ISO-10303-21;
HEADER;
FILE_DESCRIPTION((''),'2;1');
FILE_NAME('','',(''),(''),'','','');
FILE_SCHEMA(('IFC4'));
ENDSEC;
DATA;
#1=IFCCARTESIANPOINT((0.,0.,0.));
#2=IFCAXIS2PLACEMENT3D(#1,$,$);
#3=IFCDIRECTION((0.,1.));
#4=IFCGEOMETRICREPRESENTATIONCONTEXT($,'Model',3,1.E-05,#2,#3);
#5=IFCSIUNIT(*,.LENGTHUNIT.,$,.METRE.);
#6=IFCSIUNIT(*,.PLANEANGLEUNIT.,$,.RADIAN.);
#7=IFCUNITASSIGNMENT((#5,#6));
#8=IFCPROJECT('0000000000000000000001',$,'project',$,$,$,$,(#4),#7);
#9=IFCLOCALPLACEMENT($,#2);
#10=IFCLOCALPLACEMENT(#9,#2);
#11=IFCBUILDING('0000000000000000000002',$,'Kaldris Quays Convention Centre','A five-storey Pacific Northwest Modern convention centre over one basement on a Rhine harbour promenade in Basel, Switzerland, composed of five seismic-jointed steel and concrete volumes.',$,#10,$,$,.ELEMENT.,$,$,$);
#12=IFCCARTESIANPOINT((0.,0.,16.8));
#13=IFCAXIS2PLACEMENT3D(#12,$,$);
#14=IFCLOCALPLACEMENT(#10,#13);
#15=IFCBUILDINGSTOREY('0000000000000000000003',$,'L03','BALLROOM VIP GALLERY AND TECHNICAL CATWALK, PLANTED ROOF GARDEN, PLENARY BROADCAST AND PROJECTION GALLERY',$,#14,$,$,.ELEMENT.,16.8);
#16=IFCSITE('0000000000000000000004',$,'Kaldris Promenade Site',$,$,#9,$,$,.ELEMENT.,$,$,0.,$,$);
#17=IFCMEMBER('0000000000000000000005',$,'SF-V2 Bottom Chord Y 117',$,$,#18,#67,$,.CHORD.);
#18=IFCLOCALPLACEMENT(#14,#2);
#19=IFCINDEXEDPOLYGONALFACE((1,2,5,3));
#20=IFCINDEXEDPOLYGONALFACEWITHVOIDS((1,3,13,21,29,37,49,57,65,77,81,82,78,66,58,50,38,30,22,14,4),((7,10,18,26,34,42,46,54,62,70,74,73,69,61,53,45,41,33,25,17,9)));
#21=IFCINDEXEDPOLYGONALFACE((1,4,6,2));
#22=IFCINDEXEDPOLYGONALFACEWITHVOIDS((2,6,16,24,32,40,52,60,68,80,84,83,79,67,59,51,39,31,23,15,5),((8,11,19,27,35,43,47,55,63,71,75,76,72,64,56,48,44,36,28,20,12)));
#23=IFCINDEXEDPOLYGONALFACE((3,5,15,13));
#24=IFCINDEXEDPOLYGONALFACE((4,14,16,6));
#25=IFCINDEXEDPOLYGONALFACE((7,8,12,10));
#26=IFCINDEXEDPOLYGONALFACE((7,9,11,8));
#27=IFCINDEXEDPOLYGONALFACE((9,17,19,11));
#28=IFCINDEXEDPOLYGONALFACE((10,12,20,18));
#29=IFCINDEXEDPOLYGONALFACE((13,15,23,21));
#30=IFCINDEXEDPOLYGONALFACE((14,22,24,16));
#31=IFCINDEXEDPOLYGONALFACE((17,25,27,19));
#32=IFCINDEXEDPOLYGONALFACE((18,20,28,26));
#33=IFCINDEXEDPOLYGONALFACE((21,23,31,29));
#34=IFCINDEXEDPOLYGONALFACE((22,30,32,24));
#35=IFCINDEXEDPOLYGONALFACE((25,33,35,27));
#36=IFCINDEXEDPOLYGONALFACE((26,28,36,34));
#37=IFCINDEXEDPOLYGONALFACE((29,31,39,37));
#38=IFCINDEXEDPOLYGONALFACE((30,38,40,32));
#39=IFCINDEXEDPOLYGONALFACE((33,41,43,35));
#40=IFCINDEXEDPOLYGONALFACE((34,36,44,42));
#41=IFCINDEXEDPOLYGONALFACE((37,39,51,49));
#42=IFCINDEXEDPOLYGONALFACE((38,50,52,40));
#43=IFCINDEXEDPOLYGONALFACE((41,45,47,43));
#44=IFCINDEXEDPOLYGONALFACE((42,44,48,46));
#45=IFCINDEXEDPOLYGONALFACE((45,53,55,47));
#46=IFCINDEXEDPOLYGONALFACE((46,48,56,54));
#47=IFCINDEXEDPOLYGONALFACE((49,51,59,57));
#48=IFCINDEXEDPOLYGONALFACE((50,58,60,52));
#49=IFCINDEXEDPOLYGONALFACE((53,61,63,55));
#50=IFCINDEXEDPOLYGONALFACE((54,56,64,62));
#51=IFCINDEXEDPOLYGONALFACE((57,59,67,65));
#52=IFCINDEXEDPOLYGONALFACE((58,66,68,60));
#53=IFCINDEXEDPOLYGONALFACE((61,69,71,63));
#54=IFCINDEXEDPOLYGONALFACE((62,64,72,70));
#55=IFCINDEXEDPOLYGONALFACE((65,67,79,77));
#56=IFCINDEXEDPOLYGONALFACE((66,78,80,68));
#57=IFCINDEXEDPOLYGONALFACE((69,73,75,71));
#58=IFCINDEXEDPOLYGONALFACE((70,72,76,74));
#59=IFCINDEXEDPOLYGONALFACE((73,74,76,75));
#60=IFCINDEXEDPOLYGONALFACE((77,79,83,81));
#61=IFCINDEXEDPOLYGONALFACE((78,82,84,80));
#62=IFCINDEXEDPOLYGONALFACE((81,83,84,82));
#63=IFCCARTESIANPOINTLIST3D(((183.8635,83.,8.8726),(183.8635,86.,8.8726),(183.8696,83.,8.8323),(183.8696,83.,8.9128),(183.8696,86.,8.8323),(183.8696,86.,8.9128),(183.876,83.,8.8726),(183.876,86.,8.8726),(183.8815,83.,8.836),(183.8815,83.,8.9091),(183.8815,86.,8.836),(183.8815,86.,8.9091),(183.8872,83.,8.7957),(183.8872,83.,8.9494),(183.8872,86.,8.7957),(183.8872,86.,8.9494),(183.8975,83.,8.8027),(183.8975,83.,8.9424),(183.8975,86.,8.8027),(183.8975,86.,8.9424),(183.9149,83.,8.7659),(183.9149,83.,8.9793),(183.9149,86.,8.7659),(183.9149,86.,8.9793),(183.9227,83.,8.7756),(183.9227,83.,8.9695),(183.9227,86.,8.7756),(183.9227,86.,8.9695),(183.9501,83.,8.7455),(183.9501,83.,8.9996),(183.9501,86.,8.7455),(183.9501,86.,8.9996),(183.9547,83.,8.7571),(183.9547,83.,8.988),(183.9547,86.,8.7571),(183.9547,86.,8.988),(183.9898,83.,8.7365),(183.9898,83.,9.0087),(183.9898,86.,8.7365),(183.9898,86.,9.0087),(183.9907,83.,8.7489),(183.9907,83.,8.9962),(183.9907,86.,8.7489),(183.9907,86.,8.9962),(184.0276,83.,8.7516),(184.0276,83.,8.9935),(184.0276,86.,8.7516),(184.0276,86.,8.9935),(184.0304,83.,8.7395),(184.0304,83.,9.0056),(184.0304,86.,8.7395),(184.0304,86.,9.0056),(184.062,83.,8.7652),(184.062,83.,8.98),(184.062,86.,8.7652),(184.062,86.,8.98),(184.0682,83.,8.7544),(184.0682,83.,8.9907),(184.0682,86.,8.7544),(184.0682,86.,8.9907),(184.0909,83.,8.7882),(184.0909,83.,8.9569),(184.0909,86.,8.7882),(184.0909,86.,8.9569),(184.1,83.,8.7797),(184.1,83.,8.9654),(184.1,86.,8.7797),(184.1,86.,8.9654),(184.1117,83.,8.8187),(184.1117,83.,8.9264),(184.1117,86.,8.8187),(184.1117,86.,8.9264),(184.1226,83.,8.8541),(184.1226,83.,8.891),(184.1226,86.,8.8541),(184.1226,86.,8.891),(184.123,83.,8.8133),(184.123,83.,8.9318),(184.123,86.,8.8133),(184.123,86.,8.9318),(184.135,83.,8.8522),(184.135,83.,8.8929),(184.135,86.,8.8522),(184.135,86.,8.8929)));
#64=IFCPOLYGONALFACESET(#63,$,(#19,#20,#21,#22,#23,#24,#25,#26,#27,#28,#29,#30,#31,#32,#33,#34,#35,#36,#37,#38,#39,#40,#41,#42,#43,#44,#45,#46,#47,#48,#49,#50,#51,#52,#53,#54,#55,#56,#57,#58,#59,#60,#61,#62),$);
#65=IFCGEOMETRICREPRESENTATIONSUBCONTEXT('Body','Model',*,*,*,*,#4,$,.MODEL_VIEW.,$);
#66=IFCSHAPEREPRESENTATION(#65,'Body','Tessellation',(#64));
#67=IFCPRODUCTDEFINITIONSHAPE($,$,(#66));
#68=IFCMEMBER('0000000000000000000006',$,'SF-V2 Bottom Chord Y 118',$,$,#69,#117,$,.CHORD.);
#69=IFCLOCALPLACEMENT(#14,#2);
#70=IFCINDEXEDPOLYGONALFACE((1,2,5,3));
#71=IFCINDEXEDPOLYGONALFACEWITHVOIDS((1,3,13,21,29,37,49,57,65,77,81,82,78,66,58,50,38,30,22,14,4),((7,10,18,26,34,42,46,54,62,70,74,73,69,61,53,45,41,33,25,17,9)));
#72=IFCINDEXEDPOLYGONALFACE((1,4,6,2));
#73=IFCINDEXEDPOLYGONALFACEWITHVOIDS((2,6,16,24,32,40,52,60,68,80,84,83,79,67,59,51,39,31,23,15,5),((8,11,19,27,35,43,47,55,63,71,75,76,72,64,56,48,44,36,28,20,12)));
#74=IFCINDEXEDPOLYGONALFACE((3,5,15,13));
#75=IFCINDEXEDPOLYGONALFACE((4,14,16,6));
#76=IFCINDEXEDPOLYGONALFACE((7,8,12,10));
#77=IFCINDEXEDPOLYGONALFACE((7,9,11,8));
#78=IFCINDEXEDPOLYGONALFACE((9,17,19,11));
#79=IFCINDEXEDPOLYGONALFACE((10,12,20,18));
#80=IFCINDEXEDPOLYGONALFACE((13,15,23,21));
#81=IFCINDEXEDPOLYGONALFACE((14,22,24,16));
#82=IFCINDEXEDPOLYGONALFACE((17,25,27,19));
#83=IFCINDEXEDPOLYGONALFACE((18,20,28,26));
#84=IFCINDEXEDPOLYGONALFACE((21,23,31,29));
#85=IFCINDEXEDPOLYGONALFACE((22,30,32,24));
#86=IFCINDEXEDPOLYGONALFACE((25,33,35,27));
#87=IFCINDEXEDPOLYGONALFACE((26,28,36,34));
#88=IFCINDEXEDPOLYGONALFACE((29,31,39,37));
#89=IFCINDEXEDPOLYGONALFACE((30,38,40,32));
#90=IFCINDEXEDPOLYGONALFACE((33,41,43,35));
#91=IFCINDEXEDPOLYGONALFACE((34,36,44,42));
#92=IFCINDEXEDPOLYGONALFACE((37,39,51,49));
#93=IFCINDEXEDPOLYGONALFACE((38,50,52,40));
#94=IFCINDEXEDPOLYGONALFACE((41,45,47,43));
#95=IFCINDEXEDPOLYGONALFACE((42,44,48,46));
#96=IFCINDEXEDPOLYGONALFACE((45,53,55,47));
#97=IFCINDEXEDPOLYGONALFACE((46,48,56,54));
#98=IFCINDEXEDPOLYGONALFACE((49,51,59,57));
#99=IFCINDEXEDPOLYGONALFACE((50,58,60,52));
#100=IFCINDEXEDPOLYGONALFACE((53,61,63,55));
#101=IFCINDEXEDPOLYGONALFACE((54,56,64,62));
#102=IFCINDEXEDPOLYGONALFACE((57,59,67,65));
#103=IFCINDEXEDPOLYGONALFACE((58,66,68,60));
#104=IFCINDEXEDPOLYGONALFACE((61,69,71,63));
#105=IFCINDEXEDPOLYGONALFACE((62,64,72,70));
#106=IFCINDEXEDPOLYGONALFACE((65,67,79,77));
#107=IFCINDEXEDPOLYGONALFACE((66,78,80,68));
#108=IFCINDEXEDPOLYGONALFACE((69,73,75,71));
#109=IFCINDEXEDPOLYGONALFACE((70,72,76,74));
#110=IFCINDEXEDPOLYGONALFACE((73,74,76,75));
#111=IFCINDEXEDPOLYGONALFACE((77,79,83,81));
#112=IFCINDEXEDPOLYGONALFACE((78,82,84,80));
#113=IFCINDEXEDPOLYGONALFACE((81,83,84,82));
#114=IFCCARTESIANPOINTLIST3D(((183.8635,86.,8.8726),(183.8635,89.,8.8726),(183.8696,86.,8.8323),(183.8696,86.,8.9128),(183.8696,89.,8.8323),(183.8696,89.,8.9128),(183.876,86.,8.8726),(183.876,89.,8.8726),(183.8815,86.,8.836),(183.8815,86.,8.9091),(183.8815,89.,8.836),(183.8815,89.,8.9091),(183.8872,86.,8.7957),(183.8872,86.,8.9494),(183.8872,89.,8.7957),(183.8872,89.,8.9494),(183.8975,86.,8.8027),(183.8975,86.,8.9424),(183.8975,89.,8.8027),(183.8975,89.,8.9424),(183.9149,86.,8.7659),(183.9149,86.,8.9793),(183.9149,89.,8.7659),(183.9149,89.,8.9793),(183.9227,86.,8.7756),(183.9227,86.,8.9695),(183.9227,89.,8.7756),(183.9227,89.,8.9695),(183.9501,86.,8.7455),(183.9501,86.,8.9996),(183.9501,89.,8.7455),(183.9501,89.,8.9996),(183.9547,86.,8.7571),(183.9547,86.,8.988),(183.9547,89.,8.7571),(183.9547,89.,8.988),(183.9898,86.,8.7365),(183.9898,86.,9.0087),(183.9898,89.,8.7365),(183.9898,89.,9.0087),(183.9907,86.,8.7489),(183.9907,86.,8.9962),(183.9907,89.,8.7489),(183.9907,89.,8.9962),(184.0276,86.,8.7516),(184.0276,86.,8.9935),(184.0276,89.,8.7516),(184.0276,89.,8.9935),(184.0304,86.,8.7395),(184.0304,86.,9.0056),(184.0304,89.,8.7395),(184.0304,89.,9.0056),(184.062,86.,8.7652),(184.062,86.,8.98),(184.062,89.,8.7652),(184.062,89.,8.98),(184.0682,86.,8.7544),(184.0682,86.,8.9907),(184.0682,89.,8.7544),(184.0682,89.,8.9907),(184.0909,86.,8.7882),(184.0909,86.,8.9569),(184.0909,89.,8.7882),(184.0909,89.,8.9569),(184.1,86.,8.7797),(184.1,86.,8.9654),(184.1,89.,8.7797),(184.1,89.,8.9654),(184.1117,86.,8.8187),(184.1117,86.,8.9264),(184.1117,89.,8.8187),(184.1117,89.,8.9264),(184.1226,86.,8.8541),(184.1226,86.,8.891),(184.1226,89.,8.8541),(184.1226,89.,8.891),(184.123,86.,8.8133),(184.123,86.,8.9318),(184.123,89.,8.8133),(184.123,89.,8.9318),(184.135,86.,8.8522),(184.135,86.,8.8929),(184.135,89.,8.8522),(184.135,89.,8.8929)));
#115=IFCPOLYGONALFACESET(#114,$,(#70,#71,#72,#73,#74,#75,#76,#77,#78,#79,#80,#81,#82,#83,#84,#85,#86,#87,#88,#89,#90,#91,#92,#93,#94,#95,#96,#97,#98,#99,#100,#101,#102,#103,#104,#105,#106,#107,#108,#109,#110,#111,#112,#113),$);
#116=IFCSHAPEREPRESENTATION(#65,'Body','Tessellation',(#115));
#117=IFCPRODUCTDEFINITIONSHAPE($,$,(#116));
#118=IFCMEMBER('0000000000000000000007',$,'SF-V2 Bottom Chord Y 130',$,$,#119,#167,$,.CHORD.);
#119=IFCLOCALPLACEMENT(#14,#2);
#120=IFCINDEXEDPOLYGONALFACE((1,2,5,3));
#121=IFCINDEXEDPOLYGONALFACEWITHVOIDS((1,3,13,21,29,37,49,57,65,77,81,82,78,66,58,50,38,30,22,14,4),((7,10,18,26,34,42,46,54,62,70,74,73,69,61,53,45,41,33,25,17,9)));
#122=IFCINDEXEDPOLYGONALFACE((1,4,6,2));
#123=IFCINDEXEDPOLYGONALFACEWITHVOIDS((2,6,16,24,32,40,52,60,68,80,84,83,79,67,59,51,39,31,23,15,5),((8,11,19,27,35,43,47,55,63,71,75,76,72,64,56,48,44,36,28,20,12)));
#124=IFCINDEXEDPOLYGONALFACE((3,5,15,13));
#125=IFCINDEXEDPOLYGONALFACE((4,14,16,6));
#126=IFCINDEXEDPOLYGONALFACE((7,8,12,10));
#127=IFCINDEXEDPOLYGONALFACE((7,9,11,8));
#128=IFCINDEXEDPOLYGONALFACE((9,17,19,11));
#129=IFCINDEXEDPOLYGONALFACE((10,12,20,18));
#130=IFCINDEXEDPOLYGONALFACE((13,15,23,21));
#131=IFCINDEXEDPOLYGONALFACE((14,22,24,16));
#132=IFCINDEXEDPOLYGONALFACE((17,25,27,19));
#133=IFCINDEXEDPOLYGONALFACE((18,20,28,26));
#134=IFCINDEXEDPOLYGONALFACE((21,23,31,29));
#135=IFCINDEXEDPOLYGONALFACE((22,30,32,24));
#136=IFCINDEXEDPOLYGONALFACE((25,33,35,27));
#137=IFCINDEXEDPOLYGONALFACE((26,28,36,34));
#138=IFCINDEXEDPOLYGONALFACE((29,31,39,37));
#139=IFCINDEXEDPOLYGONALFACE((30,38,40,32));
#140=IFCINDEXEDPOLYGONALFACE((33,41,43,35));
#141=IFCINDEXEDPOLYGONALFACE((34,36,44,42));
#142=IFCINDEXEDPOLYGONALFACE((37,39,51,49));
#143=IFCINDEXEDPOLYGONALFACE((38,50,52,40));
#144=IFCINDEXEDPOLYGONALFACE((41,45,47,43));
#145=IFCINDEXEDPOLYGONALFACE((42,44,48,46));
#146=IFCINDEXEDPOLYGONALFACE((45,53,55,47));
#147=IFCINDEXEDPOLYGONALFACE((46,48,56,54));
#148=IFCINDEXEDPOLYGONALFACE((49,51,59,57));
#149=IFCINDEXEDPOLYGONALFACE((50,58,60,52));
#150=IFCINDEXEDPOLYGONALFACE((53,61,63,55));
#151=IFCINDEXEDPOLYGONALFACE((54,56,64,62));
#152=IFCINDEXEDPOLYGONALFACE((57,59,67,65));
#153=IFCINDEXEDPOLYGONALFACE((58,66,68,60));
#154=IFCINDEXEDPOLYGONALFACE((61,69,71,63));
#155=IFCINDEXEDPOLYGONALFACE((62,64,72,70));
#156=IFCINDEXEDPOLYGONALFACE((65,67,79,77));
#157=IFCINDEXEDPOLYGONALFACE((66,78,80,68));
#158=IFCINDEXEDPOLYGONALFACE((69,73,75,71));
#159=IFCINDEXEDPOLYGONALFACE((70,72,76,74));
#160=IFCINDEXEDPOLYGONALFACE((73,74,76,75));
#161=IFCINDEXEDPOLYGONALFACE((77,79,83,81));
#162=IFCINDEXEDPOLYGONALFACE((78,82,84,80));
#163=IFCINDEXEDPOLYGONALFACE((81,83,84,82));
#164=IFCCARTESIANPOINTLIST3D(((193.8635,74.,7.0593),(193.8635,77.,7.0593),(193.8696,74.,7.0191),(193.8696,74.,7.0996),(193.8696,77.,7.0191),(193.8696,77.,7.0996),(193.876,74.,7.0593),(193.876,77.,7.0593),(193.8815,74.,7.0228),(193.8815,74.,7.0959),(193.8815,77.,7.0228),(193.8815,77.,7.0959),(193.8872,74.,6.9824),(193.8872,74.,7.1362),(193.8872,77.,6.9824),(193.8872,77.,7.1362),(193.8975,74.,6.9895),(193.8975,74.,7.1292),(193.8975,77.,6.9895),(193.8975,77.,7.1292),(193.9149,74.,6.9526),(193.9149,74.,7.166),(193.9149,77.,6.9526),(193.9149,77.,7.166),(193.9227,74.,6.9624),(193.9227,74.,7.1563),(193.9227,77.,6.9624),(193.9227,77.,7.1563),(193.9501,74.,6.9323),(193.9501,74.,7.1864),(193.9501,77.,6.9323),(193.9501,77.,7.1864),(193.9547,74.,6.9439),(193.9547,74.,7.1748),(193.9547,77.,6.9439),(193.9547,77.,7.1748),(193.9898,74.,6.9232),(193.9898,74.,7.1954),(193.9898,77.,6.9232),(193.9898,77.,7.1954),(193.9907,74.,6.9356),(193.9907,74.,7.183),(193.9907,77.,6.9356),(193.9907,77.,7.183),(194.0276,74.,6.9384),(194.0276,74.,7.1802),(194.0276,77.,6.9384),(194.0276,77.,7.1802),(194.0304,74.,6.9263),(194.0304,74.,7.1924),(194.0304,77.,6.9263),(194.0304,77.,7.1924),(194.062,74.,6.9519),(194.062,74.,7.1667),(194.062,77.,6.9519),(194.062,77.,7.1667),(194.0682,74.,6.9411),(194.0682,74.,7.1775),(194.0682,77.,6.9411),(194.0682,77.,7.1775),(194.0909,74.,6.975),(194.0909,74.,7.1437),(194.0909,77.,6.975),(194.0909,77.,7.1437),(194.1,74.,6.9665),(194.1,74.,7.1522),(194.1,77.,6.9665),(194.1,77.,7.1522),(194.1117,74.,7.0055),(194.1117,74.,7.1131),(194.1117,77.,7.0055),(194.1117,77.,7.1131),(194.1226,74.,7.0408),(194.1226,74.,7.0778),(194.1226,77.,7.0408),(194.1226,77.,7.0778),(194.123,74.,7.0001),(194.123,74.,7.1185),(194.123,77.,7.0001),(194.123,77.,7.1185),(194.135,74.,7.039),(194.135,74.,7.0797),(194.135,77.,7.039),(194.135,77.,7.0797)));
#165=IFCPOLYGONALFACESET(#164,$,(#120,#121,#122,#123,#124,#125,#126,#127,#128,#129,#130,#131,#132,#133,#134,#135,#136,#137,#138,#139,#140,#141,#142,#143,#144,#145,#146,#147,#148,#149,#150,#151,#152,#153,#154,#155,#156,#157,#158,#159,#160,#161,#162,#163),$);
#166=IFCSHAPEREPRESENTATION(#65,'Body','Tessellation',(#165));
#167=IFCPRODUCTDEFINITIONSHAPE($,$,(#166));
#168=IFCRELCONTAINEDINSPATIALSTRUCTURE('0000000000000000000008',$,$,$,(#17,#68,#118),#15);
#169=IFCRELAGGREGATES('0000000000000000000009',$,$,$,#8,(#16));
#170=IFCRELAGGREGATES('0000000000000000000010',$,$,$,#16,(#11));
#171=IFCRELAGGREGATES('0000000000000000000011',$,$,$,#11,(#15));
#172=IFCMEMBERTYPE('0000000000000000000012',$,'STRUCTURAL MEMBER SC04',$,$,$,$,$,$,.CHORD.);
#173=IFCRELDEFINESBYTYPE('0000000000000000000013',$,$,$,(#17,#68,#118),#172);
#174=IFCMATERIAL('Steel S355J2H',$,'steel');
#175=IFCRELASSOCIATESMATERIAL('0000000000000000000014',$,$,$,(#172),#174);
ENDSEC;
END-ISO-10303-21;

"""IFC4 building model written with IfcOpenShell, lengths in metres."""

from ifc_helpers import new_model, si_unit, direction, frame, origin, origin_2d, place, context, subcontext, project, spatial, hollow_circle, extrude, material, material_profile, profile_set, type_object, element, save


model = new_model("IFC4")

# Units and contexts
model_context = context("Model", 3, precision=1e-05, world=origin(), true_north=direction((0.0, 1.0)))
body_context = subcontext(model_context, "Body", "Model", "MODEL_VIEW")
ifc_project = project(units=[si_unit("LENGTHUNIT", "METRE"), si_unit("PLANEANGLEUNIT", "RADIAN")], contexts=[model_context])

# Site, building, storey
site_placement = place(None, origin())
site = spatial("IfcSite", under=ifc_project, at=site_placement, Name="Kaldris Promenade Site", CompositionType="ELEMENT", RefElevation=0.0)
building_placement = place(site_placement, origin())
building = spatial("IfcBuilding", under=site, at=building_placement, Name="Kaldris Quays Convention Centre", Description="A five-storey Pacific Northwest Modern convention centre over one basement on a Rhine harbour promenade in Basel, Switzerland, composed of five seismic-jointed steel and concrete volumes.", CompositionType="ELEMENT")
storey_placement = place(building_placement, frame((0.0, 0.0, 16.8)))
storey = spatial("IfcBuildingStorey", under=building, at=storey_placement, Name="L03", Description="BALLROOM VIP GALLERY AND TECHNICAL CATWALK, PLANTED ROOF GARDEN, PLENARY BROADCAST AND PROJECTION GALLERY", CompositionType="ELEMENT", Elevation=16.8)

# Members
ifc_material_1 = material(Name="Steel S355J2H", Category="steel")
ifc_material_profile_1 = material_profile(ifc_material_1, hollow_circle(Radius=0.1365, WallThickness=0.0125, at=origin_2d()), Name="CHS 273x12.5")
ifc_profile_set_1 = profile_set([ifc_material_profile_1], Name="Steel S355J2H")
member_type_1 = type_object("IfcMemberType", Name="STRUCTURAL MEMBER SC04", PredefinedType="CHORD", material=ifc_profile_set_1)
for number, where, z_axis, x_axis, name in (
    (1, (184.0, 83.0, 8.8726), (0.0, 1.0, 0.0), (-1.0, 0.0, 0.0), "SF-V2 Bottom Chord Y 117"),
    (2, (184.0, 86.0, 8.8726), (0.0, 1.0, 0.0), (-1.0, 0.0, 0.0), "SF-V2 Bottom Chord Y 118"),
    (3, (194.0, 74.0, 7.0593), (0.0, 1.0, 0.0), (-1.0, 0.0, 0.0), "SF-V2 Bottom Chord Y 130"),
):
    element("IfcMember", number, at=place(storey_placement, frame(where, z_axis=z_axis, x_axis=x_axis)), inside=storey, type_object=member_type_1, Name=name, PredefinedType="CHORD", context=body_context, shape_type="SweptSolid", body=[
        extrude(hollow_circle(Radius=0.1365, WallThickness=0.0125, at=origin_2d()), origin(), (0.0, 0.0, 1.0), 3.0),
    ])

save(model, "model.ifc")
